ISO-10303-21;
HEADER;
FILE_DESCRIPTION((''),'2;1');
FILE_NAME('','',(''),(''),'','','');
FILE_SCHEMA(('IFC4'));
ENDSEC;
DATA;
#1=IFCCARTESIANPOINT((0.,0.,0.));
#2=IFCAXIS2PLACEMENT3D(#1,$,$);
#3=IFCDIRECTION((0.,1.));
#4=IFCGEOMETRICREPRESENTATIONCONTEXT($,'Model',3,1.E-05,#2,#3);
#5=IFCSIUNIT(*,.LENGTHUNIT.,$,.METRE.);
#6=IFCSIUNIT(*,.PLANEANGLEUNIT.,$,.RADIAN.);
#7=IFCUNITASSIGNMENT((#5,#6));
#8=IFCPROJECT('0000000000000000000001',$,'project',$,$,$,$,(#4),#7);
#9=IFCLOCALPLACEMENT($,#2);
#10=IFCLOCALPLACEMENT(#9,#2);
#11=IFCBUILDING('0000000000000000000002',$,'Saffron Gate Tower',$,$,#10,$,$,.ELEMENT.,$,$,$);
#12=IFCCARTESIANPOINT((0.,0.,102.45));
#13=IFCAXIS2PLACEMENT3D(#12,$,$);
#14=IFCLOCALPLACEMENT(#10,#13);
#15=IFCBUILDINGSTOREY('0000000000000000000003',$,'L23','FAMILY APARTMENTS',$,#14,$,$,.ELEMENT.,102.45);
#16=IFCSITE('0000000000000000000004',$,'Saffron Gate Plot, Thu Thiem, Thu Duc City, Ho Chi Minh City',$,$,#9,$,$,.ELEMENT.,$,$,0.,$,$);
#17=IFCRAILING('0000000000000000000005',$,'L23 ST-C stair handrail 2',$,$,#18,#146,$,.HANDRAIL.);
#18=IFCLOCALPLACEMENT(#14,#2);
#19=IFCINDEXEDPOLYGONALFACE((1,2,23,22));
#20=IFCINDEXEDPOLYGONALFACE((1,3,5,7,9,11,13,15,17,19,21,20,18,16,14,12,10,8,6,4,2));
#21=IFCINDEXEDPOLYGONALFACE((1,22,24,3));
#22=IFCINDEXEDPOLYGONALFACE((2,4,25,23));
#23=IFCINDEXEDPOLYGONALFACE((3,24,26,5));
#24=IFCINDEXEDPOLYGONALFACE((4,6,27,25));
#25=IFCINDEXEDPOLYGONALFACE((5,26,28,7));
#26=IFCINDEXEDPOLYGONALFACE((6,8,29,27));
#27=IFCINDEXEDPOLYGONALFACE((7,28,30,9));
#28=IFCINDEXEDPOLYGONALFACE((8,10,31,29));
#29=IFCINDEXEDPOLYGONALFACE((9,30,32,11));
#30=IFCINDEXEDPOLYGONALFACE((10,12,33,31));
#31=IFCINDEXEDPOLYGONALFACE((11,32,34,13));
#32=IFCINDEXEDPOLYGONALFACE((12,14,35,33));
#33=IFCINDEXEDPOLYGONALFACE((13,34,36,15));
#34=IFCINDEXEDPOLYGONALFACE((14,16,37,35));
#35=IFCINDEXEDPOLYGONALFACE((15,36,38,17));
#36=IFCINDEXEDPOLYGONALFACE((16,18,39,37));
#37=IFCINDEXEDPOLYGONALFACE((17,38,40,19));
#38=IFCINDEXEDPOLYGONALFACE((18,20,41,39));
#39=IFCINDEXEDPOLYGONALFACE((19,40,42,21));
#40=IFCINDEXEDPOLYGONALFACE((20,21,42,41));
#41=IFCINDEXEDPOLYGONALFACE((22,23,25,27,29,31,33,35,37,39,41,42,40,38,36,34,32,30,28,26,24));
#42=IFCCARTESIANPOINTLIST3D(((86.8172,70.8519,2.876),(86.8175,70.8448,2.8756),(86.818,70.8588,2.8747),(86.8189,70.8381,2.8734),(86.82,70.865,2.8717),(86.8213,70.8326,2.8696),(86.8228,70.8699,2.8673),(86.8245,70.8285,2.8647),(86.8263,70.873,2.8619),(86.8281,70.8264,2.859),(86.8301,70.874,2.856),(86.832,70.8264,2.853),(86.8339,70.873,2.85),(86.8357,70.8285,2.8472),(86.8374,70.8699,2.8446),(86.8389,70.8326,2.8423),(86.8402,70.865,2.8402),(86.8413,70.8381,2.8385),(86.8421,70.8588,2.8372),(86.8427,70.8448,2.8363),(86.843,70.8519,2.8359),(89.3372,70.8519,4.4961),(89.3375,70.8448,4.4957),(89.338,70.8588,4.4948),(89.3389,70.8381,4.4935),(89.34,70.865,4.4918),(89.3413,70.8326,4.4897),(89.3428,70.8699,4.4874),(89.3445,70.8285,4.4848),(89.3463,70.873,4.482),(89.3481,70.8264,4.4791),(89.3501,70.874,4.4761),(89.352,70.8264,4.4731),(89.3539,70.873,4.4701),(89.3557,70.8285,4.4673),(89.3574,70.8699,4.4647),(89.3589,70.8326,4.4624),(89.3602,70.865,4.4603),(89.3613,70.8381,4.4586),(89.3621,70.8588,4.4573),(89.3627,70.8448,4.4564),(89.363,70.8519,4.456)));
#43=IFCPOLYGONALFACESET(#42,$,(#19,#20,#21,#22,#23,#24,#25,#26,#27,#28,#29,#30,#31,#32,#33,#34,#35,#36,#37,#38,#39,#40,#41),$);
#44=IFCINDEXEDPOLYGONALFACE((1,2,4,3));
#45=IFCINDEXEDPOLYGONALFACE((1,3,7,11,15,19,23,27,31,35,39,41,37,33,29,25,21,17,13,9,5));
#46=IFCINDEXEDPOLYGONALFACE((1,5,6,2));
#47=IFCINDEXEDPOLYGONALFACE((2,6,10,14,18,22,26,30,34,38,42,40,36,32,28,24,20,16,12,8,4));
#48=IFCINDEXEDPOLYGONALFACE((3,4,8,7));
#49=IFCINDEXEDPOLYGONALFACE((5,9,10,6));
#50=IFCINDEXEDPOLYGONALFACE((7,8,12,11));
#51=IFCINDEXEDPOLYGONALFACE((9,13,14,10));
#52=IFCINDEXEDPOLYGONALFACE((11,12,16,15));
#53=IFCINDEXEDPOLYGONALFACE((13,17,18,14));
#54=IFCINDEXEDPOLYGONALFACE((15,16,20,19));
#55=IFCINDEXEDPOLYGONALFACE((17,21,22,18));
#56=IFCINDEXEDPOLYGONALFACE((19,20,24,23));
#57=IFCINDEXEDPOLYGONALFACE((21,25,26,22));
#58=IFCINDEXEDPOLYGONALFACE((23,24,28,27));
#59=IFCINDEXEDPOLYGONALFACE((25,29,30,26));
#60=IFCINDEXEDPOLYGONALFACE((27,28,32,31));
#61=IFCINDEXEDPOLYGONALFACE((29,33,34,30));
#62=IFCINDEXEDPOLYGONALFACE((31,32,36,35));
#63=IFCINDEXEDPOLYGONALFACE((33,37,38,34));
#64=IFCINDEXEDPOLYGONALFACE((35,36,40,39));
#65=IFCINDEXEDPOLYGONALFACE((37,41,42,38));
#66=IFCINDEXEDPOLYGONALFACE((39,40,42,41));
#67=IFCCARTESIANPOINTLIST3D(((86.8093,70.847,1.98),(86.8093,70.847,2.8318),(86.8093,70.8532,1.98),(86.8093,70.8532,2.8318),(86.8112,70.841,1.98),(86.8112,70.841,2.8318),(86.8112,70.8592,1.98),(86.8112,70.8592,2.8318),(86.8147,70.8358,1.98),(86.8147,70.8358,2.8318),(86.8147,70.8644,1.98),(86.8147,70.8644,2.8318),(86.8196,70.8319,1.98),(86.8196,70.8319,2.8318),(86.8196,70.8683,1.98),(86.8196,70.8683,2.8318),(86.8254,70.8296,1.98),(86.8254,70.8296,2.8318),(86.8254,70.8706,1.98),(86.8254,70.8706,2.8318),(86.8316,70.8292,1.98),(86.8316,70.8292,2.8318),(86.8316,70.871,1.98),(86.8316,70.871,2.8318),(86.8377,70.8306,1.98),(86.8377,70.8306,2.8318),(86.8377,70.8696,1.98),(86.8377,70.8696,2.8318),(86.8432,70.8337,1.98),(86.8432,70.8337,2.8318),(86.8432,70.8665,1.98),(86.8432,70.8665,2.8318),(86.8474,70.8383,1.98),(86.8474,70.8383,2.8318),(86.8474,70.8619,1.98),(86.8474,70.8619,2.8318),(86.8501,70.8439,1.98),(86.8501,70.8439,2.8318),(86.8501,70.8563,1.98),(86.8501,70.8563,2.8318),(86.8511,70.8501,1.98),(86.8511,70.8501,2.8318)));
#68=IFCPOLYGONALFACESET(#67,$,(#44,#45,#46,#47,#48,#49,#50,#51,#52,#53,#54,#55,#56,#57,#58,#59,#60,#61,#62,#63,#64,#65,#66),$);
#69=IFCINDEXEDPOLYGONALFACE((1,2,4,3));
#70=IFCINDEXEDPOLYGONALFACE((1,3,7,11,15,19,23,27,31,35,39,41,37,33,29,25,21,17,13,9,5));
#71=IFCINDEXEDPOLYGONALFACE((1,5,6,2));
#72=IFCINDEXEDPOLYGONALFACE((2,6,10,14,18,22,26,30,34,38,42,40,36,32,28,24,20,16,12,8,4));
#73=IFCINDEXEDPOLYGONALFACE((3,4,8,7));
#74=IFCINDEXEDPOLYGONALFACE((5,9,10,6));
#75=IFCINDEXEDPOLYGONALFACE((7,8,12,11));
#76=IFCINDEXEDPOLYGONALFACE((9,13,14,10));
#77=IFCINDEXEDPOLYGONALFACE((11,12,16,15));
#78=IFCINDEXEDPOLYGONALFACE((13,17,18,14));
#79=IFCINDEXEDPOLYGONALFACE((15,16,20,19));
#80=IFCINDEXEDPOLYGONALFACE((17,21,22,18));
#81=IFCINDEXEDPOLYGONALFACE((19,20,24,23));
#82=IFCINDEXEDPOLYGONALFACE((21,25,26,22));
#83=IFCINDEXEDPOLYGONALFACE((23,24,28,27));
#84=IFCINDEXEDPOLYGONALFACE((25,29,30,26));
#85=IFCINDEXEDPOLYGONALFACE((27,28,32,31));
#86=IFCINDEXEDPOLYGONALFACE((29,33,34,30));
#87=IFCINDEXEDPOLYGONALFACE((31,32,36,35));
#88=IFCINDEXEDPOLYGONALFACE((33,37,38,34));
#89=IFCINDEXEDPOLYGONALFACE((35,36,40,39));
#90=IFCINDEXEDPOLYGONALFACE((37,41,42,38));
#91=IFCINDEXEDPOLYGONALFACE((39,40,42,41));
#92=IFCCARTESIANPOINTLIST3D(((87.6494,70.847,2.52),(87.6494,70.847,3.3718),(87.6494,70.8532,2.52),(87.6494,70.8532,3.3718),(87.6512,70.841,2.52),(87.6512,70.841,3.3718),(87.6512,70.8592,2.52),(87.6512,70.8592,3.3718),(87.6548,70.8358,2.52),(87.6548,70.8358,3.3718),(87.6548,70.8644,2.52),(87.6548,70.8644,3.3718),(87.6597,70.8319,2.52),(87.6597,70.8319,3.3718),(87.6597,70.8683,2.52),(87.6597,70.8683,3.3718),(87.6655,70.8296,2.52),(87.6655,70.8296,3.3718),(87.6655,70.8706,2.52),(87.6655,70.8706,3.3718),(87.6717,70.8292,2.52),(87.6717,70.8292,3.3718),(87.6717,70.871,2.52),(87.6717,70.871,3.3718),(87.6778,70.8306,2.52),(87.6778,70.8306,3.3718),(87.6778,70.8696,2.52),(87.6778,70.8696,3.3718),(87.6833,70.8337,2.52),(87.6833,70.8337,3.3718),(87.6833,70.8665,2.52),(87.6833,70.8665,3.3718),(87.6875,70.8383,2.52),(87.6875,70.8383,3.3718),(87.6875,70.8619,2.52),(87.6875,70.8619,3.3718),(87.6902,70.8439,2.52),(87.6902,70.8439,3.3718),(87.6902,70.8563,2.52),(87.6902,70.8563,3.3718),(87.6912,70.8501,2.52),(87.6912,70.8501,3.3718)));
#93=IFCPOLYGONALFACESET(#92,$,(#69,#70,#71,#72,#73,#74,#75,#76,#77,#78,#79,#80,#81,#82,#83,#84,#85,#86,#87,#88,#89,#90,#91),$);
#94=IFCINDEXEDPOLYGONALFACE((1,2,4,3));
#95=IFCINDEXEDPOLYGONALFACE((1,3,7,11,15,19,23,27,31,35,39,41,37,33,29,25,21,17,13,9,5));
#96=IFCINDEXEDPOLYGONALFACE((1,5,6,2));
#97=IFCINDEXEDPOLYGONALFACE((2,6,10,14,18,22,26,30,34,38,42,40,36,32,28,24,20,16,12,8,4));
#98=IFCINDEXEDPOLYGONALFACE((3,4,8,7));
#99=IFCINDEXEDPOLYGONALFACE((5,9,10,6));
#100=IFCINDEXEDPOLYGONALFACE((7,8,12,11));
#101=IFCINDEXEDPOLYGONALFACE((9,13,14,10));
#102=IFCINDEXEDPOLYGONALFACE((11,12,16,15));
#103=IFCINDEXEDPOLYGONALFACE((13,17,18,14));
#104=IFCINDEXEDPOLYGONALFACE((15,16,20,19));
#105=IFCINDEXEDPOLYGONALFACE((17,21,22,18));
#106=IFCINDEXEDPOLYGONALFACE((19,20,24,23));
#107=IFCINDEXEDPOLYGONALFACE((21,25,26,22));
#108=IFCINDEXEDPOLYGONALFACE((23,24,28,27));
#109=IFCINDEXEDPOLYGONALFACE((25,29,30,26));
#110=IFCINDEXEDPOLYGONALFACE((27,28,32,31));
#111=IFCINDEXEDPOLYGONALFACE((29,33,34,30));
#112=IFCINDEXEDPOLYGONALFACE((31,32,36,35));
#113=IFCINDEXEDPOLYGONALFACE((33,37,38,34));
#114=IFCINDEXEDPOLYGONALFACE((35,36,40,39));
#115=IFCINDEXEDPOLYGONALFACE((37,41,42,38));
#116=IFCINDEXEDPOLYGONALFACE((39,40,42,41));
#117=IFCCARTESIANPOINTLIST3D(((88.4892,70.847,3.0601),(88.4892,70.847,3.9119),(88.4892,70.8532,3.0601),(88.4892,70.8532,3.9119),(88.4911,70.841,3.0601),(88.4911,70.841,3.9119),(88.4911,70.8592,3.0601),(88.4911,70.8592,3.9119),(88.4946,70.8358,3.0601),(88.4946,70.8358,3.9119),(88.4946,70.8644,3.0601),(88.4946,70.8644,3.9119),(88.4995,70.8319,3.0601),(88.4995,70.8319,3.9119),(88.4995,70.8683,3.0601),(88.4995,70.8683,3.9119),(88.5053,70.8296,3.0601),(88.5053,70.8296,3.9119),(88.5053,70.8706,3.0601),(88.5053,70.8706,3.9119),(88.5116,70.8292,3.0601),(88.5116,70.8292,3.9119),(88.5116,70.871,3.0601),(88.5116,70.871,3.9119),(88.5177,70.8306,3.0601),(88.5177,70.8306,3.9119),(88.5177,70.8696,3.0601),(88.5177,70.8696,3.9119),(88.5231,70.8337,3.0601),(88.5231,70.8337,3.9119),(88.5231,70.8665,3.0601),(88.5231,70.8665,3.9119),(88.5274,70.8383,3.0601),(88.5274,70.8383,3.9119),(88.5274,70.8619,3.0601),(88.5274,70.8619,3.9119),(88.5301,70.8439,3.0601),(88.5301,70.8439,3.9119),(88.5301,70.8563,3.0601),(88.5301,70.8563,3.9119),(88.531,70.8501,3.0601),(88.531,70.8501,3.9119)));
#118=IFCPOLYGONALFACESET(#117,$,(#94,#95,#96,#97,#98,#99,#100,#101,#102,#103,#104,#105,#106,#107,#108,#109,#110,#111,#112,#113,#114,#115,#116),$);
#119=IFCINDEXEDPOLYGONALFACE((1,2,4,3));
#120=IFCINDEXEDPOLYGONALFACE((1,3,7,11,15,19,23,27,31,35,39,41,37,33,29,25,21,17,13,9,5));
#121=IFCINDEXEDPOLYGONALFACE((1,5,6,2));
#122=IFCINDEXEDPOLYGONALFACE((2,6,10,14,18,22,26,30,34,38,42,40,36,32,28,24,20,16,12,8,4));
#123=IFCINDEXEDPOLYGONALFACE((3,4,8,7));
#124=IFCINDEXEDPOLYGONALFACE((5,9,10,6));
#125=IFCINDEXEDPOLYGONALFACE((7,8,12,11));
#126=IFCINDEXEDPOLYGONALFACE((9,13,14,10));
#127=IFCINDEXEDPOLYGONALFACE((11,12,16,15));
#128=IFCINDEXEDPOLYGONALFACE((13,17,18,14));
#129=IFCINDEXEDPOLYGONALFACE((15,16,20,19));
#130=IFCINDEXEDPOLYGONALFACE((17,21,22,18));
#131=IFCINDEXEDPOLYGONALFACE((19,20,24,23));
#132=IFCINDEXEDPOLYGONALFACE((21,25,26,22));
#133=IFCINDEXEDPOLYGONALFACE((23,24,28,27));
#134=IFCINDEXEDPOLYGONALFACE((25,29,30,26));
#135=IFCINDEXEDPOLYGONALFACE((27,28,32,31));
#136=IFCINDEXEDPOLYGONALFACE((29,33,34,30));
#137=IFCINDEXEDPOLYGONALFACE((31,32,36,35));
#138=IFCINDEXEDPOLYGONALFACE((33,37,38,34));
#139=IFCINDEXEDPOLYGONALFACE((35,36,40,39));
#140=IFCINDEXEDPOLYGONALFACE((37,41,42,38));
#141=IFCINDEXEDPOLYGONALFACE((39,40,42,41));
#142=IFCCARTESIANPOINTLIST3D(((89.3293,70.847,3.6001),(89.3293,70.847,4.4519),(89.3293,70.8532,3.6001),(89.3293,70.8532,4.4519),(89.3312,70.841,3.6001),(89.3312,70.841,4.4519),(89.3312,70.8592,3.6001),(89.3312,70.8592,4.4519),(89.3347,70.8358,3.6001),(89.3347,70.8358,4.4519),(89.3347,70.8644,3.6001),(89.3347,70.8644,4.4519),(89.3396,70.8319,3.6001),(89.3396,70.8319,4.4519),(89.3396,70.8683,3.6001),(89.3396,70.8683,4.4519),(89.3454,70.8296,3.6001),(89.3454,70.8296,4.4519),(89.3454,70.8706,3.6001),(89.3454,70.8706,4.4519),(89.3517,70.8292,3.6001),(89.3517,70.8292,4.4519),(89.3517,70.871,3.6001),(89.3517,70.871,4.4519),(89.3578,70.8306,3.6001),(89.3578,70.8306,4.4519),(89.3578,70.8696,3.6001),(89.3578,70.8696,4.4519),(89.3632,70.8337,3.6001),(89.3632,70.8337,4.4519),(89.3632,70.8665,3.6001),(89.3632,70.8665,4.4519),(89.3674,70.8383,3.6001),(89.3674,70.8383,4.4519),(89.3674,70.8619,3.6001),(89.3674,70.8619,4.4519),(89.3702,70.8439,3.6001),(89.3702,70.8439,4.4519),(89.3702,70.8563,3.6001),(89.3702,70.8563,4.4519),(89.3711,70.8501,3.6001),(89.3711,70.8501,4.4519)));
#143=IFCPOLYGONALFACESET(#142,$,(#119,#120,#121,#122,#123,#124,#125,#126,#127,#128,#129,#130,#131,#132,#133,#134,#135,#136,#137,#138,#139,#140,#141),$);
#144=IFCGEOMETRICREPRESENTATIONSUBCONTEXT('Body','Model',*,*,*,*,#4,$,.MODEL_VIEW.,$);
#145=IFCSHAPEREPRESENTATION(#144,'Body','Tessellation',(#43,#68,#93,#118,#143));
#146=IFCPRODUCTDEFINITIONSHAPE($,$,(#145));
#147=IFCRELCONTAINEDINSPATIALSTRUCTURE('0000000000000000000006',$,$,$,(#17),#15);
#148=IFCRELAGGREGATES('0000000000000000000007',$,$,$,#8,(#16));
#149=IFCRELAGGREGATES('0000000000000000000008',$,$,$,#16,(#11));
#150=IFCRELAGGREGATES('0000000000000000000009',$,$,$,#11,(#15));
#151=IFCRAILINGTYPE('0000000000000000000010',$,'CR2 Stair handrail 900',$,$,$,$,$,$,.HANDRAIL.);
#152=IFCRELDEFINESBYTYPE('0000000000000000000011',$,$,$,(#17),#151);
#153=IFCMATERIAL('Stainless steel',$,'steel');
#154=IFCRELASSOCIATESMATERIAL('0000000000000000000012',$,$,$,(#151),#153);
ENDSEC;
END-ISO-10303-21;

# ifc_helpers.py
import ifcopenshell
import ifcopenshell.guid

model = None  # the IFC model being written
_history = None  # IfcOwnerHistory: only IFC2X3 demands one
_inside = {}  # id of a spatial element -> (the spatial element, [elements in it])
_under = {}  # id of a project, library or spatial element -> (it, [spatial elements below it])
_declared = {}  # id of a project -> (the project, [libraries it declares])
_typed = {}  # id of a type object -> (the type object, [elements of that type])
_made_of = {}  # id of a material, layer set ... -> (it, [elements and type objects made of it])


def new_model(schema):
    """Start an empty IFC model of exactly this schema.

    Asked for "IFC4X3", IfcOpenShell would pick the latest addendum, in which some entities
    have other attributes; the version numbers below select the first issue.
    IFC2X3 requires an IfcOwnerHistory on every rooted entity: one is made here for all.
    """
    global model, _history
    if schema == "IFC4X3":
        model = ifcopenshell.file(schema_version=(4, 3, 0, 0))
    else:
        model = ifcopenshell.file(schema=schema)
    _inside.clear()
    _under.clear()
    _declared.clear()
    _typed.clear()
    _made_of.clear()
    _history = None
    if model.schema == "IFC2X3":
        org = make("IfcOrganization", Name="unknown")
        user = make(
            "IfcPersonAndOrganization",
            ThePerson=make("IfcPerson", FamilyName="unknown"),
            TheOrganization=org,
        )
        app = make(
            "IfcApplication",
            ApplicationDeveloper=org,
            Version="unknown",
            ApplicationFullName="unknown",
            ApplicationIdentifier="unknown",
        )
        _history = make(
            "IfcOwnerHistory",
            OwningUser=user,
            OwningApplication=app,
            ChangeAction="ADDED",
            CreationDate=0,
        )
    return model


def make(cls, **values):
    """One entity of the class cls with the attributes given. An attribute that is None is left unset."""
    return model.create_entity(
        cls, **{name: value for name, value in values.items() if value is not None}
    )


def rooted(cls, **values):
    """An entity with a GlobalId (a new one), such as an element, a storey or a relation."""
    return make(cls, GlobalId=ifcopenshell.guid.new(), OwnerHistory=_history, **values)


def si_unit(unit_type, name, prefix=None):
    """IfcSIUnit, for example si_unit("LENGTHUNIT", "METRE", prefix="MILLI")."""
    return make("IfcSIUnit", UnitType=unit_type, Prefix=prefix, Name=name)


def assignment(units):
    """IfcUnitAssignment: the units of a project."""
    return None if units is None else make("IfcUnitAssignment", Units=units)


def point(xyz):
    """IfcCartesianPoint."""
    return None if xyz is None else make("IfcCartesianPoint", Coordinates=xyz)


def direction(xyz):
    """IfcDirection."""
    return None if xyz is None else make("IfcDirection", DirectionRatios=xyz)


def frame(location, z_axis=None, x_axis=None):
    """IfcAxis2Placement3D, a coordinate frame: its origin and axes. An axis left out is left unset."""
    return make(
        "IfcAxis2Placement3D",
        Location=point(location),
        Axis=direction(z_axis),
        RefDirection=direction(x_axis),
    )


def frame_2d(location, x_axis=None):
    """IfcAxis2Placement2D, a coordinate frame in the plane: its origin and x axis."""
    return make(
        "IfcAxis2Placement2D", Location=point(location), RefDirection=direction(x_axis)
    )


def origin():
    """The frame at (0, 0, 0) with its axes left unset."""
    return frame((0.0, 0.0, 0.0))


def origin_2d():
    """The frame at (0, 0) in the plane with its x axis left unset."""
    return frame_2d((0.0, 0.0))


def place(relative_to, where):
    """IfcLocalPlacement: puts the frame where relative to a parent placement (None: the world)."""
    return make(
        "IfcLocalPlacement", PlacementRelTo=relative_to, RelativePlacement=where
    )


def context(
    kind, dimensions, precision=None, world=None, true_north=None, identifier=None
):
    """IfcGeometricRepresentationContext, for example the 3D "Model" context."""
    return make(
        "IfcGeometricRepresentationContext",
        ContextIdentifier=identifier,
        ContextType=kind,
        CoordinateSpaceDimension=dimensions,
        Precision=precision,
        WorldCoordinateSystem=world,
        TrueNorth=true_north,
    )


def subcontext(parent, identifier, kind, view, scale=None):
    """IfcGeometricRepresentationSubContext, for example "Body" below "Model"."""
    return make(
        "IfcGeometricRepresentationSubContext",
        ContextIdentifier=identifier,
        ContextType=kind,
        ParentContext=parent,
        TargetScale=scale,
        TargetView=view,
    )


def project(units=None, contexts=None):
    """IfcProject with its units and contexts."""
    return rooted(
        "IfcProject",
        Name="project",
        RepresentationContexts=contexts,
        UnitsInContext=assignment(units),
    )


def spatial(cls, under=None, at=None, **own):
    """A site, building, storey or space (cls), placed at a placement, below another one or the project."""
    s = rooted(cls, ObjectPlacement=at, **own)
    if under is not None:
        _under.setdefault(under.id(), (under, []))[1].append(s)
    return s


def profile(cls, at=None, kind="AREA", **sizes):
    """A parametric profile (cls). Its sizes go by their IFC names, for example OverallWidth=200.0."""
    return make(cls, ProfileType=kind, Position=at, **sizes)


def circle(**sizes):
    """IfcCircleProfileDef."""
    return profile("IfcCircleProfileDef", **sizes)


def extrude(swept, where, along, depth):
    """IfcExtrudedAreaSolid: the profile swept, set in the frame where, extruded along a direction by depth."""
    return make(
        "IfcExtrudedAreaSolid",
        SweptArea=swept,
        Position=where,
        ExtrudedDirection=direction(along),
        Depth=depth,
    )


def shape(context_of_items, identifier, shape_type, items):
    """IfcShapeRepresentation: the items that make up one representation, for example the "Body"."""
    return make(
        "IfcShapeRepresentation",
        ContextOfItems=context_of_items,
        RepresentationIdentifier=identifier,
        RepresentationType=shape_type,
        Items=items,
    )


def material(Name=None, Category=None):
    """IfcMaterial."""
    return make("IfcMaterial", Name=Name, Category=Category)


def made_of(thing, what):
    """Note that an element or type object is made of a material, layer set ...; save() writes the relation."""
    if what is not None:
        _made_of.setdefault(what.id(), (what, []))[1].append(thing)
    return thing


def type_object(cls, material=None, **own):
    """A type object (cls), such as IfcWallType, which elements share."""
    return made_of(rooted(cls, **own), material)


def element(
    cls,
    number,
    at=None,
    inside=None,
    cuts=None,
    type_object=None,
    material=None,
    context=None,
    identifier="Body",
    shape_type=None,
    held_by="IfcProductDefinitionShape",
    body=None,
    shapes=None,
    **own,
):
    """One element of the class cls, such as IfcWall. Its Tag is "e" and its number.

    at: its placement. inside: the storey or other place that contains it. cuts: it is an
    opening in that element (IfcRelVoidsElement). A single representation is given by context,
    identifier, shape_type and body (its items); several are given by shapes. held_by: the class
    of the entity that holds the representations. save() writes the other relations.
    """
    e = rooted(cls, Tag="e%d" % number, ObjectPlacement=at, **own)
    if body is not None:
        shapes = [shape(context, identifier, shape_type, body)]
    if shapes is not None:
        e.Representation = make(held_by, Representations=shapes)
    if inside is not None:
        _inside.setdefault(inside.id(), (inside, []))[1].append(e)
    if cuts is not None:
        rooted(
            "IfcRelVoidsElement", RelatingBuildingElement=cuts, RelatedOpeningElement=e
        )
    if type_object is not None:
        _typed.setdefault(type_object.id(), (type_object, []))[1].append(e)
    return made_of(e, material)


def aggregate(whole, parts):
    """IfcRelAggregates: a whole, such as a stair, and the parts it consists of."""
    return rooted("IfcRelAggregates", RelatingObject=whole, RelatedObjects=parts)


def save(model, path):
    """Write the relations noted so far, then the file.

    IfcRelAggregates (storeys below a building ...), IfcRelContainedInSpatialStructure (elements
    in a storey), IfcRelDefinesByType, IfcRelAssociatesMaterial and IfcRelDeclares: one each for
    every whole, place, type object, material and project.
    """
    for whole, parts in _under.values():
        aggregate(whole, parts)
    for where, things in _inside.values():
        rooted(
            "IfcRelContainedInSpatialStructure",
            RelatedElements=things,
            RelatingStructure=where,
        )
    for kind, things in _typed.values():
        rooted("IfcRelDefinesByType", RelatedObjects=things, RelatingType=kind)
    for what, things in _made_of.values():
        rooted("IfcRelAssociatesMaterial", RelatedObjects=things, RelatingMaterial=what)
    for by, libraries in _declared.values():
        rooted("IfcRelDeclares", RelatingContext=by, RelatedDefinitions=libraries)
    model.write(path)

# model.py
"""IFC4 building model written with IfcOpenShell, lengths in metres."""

from ifc_helpers import new_model, si_unit, direction, frame, origin, origin_2d, place, context, subcontext, project, spatial, circle, extrude, material, type_object, element, save


model = new_model("IFC4")

# Units and contexts
model_context = context("Model", 3, precision=1e-05, world=origin(), true_north=direction((0.0, 1.0)))
body_context = subcontext(model_context, "Body", "Model", "MODEL_VIEW")
ifc_project = project(units=[si_unit("LENGTHUNIT", "METRE"), si_unit("PLANEANGLEUNIT", "RADIAN")], contexts=[model_context])

# Site, building, storey
site_placement = place(None, origin())
site = spatial("IfcSite", under=ifc_project, at=site_placement, Name="Saffron Gate Plot, Thu Thiem, Thu Duc City, Ho Chi Minh City", CompositionType="ELEMENT", RefElevation=0.0)
building_placement = place(site_placement, origin())
building = spatial("IfcBuilding", under=site, at=building_placement, Name="Saffron Gate Tower", CompositionType="ELEMENT")
storey_placement = place(building_placement, frame((0.0, 0.0, 102.45)))
storey = spatial("IfcBuildingStorey", under=building, at=storey_placement, Name="L23", Description="FAMILY APARTMENTS", CompositionType="ELEMENT", Elevation=102.45)

# Railing
ifc_material_1 = material(Name="Stainless steel", Category="steel")
railing_type_1 = type_object("IfcRailingType", Name="CR2 Stair handrail 900", PredefinedType="HANDRAIL", material=ifc_material_1)
railing_1_placement = place(storey_placement, frame((86.8301, 70.8501, 1.98)))
element("IfcRailing", 1, at=railing_1_placement, inside=storey, type_object=railing_type_1, Name="L23 ST-C stair handrail 2", PredefinedType="HANDRAIL", context=body_context, shape_type="SweptSolid", body=[
    extrude(circle(Radius=0.0239, at=origin_2d()), frame((0.0, 0.0, 0.876), z_axis=(0.841163, 0.0, 0.540782), x_axis=(0.0, 1.0, 0.0)), (0.0, 0.0, 1.0), 2.9958),
    extrude(circle(Radius=0.021, at=origin_2d()), origin(), (0.0, 0.0, 1.0), 0.8518),
    extrude(circle(Radius=0.021, at=origin_2d()), frame((0.8401, 0.0, 0.54)), (0.0, 0.0, 1.0), 0.8518),
    extrude(circle(Radius=0.021, at=origin_2d()), frame((1.6799, 0.0, 1.0801)), (0.0, 0.0, 1.0), 0.8518),
    extrude(circle(Radius=0.021, at=origin_2d()), frame((2.52, 0.0, 1.6201)), (0.0, 0.0, 1.0), 0.8518),
])

save(model, "model.ifc")
